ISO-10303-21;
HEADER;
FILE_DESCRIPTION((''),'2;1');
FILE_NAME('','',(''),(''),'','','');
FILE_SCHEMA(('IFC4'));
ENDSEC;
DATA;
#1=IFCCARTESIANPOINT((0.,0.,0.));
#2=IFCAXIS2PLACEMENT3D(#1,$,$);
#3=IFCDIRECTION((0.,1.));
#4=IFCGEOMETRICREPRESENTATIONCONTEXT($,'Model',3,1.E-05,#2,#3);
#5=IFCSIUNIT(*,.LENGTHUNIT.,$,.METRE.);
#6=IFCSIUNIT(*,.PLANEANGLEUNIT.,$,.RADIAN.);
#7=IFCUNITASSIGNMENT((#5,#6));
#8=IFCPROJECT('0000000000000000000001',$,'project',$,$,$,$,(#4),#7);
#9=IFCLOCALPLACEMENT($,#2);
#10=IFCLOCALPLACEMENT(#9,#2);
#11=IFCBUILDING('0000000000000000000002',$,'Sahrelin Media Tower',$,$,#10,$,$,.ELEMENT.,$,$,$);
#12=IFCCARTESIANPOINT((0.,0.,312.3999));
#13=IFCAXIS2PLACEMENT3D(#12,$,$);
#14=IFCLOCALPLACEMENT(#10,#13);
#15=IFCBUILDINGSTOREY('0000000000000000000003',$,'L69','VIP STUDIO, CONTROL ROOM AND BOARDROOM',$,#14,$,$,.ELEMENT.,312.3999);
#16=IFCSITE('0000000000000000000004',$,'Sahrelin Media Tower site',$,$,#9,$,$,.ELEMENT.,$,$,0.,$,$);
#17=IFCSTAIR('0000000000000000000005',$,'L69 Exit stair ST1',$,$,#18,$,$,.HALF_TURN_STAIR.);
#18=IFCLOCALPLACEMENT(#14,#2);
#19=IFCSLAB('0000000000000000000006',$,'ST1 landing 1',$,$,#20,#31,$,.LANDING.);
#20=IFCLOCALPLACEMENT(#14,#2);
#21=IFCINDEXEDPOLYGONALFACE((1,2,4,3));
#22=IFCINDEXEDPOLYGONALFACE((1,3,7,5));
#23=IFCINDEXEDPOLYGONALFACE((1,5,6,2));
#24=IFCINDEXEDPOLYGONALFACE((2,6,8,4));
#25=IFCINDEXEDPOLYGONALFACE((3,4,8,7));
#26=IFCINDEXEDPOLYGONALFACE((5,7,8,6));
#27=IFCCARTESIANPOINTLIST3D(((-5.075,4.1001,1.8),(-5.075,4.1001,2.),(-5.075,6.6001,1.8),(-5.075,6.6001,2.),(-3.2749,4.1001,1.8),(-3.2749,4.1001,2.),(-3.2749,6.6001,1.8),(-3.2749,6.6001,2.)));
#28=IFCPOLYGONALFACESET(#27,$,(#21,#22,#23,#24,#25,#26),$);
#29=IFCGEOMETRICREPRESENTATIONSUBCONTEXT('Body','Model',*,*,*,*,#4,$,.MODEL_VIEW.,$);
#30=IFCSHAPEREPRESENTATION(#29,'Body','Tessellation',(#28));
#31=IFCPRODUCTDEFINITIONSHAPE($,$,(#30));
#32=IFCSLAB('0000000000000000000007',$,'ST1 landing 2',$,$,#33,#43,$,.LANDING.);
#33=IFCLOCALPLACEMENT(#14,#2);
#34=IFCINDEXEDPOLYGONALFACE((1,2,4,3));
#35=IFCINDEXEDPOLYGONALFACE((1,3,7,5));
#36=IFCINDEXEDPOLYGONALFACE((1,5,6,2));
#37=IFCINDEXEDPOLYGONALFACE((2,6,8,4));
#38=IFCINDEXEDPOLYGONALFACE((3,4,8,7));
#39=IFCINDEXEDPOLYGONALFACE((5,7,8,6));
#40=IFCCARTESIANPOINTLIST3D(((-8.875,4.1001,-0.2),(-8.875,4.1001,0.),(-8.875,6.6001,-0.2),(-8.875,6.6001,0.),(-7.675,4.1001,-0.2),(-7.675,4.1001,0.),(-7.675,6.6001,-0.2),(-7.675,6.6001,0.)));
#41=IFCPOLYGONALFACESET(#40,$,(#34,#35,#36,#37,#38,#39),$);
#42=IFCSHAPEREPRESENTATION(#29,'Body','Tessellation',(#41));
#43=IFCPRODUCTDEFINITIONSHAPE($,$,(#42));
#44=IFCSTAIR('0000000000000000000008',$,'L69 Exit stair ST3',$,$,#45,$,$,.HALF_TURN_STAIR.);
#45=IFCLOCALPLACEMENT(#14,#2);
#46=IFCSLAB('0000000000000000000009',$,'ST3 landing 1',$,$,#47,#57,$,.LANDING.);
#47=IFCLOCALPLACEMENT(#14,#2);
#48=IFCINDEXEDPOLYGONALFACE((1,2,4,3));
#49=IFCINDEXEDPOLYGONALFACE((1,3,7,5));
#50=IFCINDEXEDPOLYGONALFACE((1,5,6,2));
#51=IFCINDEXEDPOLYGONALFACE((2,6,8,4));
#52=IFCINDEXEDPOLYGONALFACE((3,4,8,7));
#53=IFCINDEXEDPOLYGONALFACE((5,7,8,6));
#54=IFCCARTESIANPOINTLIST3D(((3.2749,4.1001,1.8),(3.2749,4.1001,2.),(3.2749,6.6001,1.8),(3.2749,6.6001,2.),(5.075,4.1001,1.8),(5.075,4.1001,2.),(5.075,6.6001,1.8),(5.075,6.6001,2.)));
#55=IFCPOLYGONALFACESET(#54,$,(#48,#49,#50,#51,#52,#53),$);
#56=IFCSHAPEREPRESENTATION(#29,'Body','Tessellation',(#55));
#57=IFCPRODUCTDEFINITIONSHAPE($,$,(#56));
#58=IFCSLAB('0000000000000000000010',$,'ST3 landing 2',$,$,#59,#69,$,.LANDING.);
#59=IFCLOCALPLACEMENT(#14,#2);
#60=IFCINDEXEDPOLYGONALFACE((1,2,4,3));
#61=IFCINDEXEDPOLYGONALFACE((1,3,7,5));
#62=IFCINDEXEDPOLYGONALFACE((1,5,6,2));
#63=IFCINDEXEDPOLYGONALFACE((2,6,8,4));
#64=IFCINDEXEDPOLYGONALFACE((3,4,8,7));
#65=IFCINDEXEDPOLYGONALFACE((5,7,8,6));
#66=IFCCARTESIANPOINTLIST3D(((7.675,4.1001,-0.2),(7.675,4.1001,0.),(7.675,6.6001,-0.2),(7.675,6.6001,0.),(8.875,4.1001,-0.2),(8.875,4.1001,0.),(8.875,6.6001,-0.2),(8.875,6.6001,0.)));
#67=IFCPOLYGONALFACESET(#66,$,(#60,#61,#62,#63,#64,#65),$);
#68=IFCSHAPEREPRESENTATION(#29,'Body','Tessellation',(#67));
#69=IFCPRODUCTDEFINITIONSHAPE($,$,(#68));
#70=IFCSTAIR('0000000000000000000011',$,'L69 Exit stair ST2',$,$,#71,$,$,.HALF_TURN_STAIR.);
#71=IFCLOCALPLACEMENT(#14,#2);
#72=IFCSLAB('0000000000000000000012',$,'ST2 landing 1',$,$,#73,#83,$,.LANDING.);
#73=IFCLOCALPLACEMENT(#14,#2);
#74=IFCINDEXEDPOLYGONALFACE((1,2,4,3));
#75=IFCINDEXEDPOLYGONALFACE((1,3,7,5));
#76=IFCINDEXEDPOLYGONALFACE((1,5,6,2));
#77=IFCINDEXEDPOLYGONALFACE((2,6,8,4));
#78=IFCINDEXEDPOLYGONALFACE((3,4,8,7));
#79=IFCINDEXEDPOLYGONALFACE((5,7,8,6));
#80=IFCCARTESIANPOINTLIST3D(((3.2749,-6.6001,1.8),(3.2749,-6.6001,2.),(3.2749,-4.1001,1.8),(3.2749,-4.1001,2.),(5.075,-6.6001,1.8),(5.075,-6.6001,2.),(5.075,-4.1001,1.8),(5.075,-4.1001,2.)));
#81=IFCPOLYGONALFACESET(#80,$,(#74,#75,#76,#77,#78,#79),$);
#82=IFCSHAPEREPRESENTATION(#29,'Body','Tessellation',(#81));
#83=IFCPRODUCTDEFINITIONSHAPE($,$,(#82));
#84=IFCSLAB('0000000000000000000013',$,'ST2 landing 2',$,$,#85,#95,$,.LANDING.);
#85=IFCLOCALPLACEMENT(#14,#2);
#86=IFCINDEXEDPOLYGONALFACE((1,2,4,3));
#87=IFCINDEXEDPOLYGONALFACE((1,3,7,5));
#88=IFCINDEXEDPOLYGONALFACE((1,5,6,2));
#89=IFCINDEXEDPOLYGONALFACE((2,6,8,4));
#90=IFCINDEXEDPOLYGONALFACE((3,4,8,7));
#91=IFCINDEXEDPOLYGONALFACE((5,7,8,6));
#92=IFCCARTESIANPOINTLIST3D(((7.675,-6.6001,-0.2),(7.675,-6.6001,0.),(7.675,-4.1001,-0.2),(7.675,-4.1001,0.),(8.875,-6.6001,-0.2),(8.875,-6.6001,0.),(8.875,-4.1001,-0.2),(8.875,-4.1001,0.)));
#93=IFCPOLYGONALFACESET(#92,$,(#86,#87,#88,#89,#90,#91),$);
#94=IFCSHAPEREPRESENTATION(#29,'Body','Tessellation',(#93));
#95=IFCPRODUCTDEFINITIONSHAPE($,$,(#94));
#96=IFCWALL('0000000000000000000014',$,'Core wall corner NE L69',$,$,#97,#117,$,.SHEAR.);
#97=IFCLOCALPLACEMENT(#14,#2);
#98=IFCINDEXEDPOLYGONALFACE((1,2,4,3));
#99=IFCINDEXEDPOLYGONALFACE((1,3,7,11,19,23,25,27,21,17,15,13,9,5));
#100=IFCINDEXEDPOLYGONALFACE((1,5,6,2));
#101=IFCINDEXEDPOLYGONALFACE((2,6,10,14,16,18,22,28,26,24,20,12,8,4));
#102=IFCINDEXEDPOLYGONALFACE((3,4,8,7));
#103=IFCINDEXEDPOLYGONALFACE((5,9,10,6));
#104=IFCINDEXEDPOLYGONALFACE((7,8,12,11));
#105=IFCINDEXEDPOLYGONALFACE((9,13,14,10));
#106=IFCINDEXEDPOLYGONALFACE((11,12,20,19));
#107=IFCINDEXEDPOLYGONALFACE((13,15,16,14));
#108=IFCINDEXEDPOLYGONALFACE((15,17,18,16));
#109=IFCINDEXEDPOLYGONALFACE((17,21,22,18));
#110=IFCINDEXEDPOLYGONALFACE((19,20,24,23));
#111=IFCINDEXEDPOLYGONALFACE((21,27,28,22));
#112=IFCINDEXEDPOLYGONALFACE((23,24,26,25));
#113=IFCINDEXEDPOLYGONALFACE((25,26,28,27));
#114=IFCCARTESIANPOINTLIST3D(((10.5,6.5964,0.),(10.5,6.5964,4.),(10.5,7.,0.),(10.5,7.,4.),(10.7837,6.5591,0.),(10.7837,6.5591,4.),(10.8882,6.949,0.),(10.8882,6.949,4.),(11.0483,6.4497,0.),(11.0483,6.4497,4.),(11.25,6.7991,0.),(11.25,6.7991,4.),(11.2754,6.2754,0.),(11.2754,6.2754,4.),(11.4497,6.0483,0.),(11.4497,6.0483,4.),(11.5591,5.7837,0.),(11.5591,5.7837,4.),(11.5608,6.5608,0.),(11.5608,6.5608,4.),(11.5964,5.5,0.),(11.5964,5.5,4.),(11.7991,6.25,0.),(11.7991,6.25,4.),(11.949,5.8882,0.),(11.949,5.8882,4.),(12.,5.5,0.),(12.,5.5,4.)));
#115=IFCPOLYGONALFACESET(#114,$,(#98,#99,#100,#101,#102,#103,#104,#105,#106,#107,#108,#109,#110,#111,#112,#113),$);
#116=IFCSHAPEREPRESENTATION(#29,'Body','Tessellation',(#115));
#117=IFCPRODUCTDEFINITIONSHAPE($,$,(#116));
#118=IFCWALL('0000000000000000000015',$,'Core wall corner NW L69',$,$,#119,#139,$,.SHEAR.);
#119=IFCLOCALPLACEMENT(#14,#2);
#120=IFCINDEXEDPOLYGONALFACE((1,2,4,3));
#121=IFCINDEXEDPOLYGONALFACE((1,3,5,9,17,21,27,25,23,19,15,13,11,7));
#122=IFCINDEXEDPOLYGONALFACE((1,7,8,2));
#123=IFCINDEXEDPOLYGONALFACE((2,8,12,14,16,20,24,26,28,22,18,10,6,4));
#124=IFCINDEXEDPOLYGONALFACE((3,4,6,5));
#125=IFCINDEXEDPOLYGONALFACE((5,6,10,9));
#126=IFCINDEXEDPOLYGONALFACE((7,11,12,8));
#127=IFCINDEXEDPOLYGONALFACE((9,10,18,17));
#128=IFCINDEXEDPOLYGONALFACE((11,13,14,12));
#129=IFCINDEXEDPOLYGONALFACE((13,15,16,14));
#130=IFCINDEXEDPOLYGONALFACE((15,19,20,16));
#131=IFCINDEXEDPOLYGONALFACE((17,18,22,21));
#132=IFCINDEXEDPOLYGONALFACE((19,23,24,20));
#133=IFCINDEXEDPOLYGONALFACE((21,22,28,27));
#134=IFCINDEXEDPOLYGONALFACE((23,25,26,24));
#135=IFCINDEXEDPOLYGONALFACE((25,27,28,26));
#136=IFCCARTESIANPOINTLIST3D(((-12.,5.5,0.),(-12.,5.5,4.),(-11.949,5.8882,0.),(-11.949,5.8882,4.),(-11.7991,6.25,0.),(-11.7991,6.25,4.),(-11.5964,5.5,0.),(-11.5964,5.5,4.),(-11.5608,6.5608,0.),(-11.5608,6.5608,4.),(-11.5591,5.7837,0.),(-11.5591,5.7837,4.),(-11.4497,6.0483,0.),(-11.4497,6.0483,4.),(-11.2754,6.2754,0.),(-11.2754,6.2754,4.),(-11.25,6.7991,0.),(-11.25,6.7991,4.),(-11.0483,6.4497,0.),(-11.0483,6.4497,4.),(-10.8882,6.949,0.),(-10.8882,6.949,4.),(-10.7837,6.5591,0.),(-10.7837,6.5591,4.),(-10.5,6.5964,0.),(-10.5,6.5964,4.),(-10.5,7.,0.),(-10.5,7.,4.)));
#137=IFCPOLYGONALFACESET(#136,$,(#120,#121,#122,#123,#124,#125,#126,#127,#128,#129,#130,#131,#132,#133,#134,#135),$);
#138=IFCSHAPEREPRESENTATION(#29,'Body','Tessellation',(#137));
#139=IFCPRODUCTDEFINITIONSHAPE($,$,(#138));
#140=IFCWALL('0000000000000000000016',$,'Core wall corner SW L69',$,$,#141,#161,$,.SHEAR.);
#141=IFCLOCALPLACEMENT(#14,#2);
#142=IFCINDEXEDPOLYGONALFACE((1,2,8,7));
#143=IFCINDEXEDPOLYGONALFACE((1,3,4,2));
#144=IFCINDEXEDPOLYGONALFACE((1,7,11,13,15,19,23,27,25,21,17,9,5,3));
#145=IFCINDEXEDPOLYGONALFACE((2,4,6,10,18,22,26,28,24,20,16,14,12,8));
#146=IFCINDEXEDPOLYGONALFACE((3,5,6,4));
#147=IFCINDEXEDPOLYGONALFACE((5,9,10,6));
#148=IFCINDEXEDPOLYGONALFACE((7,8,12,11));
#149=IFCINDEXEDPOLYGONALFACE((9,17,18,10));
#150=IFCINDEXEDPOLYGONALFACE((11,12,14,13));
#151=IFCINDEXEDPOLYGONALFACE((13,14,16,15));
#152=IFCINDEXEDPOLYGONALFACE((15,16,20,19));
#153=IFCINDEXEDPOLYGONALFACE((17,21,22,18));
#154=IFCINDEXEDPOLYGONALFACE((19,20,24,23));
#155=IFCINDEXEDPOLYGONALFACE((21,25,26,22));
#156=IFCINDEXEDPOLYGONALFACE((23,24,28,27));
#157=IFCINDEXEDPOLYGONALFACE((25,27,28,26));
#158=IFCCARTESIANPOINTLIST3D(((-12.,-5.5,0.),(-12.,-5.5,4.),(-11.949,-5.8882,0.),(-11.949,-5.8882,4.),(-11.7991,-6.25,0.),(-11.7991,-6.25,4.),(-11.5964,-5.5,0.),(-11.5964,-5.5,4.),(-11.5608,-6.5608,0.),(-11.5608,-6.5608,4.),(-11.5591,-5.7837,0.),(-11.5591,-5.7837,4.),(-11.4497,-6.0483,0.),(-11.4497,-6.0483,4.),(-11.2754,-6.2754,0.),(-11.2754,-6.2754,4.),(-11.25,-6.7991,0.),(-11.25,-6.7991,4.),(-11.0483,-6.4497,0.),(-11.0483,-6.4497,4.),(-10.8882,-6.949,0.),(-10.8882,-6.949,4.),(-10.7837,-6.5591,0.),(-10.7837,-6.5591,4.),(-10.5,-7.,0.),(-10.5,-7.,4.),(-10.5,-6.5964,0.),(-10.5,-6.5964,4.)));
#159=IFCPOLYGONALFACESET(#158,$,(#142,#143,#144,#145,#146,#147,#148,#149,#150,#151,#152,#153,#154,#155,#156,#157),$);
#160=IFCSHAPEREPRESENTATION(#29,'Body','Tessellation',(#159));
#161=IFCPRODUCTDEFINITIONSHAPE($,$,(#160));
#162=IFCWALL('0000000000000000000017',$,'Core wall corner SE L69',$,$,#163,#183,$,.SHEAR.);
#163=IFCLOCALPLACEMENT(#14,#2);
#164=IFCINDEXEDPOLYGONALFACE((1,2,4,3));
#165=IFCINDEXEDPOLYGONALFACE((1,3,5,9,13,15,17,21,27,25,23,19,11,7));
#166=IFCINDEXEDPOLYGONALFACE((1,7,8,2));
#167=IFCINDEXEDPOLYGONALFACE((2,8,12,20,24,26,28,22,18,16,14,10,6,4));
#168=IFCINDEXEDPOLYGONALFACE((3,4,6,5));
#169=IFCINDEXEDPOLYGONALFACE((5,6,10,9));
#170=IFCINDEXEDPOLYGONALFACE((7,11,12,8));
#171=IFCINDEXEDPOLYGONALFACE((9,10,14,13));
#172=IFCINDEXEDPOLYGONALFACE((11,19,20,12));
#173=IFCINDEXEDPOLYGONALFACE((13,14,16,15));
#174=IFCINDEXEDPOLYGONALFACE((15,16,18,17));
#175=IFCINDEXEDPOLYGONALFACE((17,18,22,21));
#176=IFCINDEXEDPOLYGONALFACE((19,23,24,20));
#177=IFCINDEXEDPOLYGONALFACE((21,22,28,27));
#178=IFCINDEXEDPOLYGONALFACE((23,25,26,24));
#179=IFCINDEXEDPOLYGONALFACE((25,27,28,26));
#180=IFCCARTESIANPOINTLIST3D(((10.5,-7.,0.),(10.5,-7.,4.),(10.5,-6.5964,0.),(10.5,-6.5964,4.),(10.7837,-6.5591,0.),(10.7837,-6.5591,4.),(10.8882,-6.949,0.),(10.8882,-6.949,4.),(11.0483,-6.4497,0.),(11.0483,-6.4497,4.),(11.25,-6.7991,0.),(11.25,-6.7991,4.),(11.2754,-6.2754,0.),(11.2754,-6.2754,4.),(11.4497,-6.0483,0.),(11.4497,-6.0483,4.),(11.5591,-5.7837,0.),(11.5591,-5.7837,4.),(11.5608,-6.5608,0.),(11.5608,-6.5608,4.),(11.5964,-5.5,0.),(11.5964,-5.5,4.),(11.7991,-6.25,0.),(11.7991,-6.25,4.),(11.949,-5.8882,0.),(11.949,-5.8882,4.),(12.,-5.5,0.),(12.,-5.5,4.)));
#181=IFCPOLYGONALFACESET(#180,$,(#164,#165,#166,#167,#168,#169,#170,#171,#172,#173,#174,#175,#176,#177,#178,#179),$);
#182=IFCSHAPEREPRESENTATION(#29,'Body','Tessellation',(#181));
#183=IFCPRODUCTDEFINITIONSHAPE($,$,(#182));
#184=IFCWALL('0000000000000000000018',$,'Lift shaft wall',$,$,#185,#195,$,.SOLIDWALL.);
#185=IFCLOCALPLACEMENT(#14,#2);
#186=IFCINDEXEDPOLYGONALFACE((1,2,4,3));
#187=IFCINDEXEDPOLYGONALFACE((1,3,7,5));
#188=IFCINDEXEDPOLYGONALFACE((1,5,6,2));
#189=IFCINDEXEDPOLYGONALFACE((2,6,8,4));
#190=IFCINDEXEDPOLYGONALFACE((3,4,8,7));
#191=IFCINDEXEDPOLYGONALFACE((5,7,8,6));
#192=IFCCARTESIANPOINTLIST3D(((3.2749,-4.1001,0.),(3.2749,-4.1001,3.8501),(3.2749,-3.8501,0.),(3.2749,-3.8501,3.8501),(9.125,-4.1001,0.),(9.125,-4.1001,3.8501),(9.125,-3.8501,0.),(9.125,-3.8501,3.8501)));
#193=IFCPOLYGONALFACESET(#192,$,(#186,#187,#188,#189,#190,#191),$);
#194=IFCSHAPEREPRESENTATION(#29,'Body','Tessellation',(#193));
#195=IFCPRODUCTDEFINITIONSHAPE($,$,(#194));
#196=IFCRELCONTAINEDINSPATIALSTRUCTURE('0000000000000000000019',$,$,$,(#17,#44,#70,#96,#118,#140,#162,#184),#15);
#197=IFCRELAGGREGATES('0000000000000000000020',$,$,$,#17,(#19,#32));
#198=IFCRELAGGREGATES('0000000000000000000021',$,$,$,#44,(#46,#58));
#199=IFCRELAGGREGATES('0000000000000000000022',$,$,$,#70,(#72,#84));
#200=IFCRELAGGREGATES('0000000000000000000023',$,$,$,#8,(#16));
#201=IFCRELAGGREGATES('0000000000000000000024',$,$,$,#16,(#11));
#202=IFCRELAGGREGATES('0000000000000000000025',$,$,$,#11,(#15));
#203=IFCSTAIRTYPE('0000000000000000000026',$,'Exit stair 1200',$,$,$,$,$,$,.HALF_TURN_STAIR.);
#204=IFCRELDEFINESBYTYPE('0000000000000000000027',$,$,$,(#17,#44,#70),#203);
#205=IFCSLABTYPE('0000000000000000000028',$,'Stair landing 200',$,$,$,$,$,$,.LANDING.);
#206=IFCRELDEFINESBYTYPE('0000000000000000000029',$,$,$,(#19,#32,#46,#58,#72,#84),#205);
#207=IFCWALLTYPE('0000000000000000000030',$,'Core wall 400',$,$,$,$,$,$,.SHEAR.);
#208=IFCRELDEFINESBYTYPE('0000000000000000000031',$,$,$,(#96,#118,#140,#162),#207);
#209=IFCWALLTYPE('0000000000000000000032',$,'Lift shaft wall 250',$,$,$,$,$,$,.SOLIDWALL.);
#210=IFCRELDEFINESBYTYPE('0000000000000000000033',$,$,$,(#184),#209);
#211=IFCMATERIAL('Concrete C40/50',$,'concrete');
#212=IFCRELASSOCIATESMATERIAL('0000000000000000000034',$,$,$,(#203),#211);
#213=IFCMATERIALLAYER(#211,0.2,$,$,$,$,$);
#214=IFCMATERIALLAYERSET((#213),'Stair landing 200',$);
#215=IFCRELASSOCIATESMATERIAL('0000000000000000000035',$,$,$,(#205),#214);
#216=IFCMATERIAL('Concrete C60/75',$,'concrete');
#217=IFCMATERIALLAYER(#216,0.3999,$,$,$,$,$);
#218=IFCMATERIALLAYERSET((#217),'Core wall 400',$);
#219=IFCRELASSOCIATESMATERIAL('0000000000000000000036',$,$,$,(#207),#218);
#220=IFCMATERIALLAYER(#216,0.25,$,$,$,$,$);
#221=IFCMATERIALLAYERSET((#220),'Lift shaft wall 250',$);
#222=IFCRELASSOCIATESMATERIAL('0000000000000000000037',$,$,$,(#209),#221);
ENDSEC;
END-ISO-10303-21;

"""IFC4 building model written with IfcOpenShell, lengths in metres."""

from ifc_helpers import new_model, si_unit, direction, frame, frame_2d, origin, place, context, subcontext, project, spatial, polyline, rectangle, outline, extrude, material, layer, layer_set, type_object, element, aggregate, save


model = new_model("IFC4")

# Units and contexts
model_context = context("Model", 3, precision=1e-05, world=origin(), true_north=direction((0.0, 1.0)))
body_context = subcontext(model_context, "Body", "Model", "MODEL_VIEW")
ifc_project = project(units=[si_unit("LENGTHUNIT", "METRE"), si_unit("PLANEANGLEUNIT", "RADIAN")], contexts=[model_context])

# Site, building, storey
site_placement = place(None, origin())
site = spatial("IfcSite", under=ifc_project, at=site_placement, Name="Sahrelin Media Tower site", CompositionType="ELEMENT", RefElevation=0.0)
building_placement = place(site_placement, origin())
building = spatial("IfcBuilding", under=site, at=building_placement, Name="Sahrelin Media Tower", CompositionType="ELEMENT")
storey_placement = place(building_placement, frame((0.0, 0.0, 312.3999)))
storey = spatial("IfcBuildingStorey", under=building, at=storey_placement, Name="L69", Description="VIP STUDIO, CONTROL ROOM AND BOARDROOM", CompositionType="ELEMENT", Elevation=312.3999)

# Shared definitions
ifc_material_1 = material(Name="Concrete C40/50", Category="concrete")

# Stairs, slabs
stair_type = type_object("IfcStairType", Name="Exit stair 1200", PredefinedType="HALF_TURN_STAIR", material=ifc_material_1)
placement_1 = place(storey_placement, origin())
stair_1 = element("IfcStair", 1, at=placement_1, inside=storey, type_object=stair_type, Name="L69 Exit stair ST1", PredefinedType="HALF_TURN_STAIR")
ifc_layer_1 = layer(ifc_material_1, 0.2)
ifc_layer_set_1 = layer_set([ifc_layer_1], Name="Stair landing 200")
slab_type_1 = type_object("IfcSlabType", Name="Stair landing 200", PredefinedType="LANDING", material=ifc_layer_set_1)
placement_2 = place(storey_placement, frame((0.0, 0.0, 1.8)))
slab_1 = element("IfcSlab", 2, at=placement_2, type_object=slab_type_1, Name="ST1 landing 1", PredefinedType="LANDING", context=body_context, shape_type="SweptSolid", body=[
    extrude(outline(polyline([(-5.075, 4.1001), (-3.2749, 4.1001), (-3.2749, 6.6001), (-5.075, 6.6001), (-5.075, 4.1001)])), origin(), (0.0, 0.0, 1.0), 0.2),
])
placement_3 = place(storey_placement, frame((0.0, 0.0, -0.2)))
slab_2 = element("IfcSlab", 3, at=placement_3, type_object=slab_type_1, Name="ST1 landing 2", PredefinedType="LANDING", context=body_context, shape_type="SweptSolid", body=[
    extrude(outline(polyline([(-8.875, 4.1001), (-7.675, 4.1001), (-7.675, 6.6001), (-8.875, 6.6001), (-8.875, 4.1001)])), origin(), (0.0, 0.0, 1.0), 0.2),
])
aggregate(stair_1, [slab_1, slab_2])
stair_2 = element("IfcStair", 4, at=placement_1, inside=storey, type_object=stair_type, Name="L69 Exit stair ST3", PredefinedType="HALF_TURN_STAIR")
slab_3 = element("IfcSlab", 5, at=placement_2, type_object=slab_type_1, Name="ST3 landing 1", PredefinedType="LANDING", context=body_context, shape_type="SweptSolid", body=[
    extrude(outline(polyline([(5.075, 6.6001), (3.2749, 6.6001), (3.2749, 4.1001), (5.075, 4.1001), (5.075, 6.6001)])), origin(), (0.0, 0.0, 1.0), 0.2),
])
slab_4 = element("IfcSlab", 6, at=placement_3, type_object=slab_type_1, Name="ST3 landing 2", PredefinedType="LANDING", context=body_context, shape_type="SweptSolid", body=[
    extrude(outline(polyline([(8.875, 6.6001), (7.675, 6.6001), (7.675, 4.1001), (8.875, 4.1001), (8.875, 6.6001)])), origin(), (0.0, 0.0, 1.0), 0.2),
])
aggregate(stair_2, [slab_3, slab_4])
stair_3 = element("IfcStair", 7, at=placement_1, inside=storey, type_object=stair_type, Name="L69 Exit stair ST2", PredefinedType="HALF_TURN_STAIR")
slab_5 = element("IfcSlab", 8, at=placement_2, type_object=slab_type_1, Name="ST2 landing 1", PredefinedType="LANDING", context=body_context, shape_type="SweptSolid", body=[
    extrude(outline(polyline([(5.075, -4.1001), (3.2749, -4.1001), (3.2749, -6.6001), (5.075, -6.6001), (5.075, -4.1001)])), origin(), (0.0, 0.0, 1.0), 0.2),
])
slab_6 = element("IfcSlab", 9, at=placement_3, type_object=slab_type_1, Name="ST2 landing 2", PredefinedType="LANDING", context=body_context, shape_type="SweptSolid", body=[
    extrude(outline(polyline([(8.875, -4.1001), (7.675, -4.1001), (7.675, -6.6001), (8.875, -6.6001), (8.875, -4.1001)])), origin(), (0.0, 0.0, 1.0), 0.2),
])
aggregate(stair_3, [slab_5, slab_6])

# Walls
ifc_material_2 = material(Name="Concrete C60/75", Category="concrete")
ifc_layer_2 = layer(ifc_material_2, 0.3999)
ifc_layer_set_2 = layer_set([ifc_layer_2], Name="Core wall 400")
wall_type_1 = type_object("IfcWallType", Name="Core wall 400", PredefinedType="SHEAR", material=ifc_layer_set_2)
element("IfcWall", 10, at=placement_1, inside=storey, type_object=wall_type_1, Name="Core wall corner NE L69", PredefinedType="SHEAR", context=body_context, shape_type="SweptSolid", body=[
    extrude(outline(polyline([(10.5, 7.0), (10.5, 6.5964), (10.7837, 6.5591), (11.0483, 6.4497), (11.2754, 6.2754), (11.4497, 6.0483), (11.5591, 5.7837), (11.5964, 5.5), (12.0, 5.5), (11.949, 5.8882), (11.7991, 6.25), (11.5608, 6.5608), (11.25, 6.7991), (10.8882, 6.949), (10.5, 7.0)])), origin(), (0.0, 0.0, 1.0), 4.0),
])
element("IfcWall", 11, at=placement_1, inside=storey, type_object=wall_type_1, Name="Core wall corner NW L69", PredefinedType="SHEAR", context=body_context, shape_type="SweptSolid", body=[
    extrude(outline(polyline([(-12.0, 5.5), (-11.5964, 5.5), (-11.5591, 5.7837), (-11.4497, 6.0483), (-11.2754, 6.2754), (-11.0483, 6.4497), (-10.7837, 6.5591), (-10.5, 6.5964), (-10.5, 7.0), (-10.8882, 6.949), (-11.25, 6.7991), (-11.5608, 6.5608), (-11.7991, 6.25), (-11.949, 5.8882), (-12.0, 5.5)])), origin(), (0.0, 0.0, 1.0), 4.0),
])
element("IfcWall", 12, at=placement_1, inside=storey, type_object=wall_type_1, Name="Core wall corner SW L69", PredefinedType="SHEAR", context=body_context, shape_type="SweptSolid", body=[
    extrude(outline(polyline([(-10.5, -7.0), (-10.5, -6.5964), (-10.7837, -6.5591), (-11.0483, -6.4497), (-11.2754, -6.2754), (-11.4497, -6.0483), (-11.5591, -5.7837), (-11.5964, -5.5), (-12.0, -5.5), (-11.949, -5.8882), (-11.7991, -6.25), (-11.5608, -6.5608), (-11.25, -6.7991), (-10.8882, -6.949), (-10.5, -7.0)])), origin(), (0.0, 0.0, 1.0), 4.0),
])
element("IfcWall", 13, at=placement_1, inside=storey, type_object=wall_type_1, Name="Core wall corner SE L69", PredefinedType="SHEAR", context=body_context, shape_type="SweptSolid", body=[
    extrude(outline(polyline([(12.0, -5.5), (11.5964, -5.5), (11.5591, -5.7837), (11.4497, -6.0483), (11.2754, -6.2754), (11.0483, -6.4497), (10.7837, -6.5591), (10.5, -6.5964), (10.5, -7.0), (10.8882, -6.949), (11.25, -6.7991), (11.5608, -6.5608), (11.7991, -6.25), (11.949, -5.8882), (12.0, -5.5)])), origin(), (0.0, 0.0, 1.0), 4.0),
])
ifc_layer_3 = layer(ifc_material_2, 0.25)
ifc_layer_set_3 = layer_set([ifc_layer_3], Name="Lift shaft wall 250")
wall_type_2 = type_object("IfcWallType", Name="Lift shaft wall 250", PredefinedType="SOLIDWALL", material=ifc_layer_set_3)
wall_1_placement = place(storey_placement, frame((3.2749, -3.9751, 0.0), z_axis=(0.0, 0.0, 1.0), x_axis=(1.0, 0.0, 0.0)))
element("IfcWall", 14, at=wall_1_placement, inside=storey, type_object=wall_type_2, Name="Lift shaft wall", PredefinedType="SOLIDWALL", context=body_context, shape_type="SweptSolid", body=[
    extrude(rectangle(XDim=5.8501, YDim=0.25, at=frame_2d((2.925, 0.0))), origin(), (0.0, 0.0, 1.0), 3.8501),
])

save(model, "model.ifc")
